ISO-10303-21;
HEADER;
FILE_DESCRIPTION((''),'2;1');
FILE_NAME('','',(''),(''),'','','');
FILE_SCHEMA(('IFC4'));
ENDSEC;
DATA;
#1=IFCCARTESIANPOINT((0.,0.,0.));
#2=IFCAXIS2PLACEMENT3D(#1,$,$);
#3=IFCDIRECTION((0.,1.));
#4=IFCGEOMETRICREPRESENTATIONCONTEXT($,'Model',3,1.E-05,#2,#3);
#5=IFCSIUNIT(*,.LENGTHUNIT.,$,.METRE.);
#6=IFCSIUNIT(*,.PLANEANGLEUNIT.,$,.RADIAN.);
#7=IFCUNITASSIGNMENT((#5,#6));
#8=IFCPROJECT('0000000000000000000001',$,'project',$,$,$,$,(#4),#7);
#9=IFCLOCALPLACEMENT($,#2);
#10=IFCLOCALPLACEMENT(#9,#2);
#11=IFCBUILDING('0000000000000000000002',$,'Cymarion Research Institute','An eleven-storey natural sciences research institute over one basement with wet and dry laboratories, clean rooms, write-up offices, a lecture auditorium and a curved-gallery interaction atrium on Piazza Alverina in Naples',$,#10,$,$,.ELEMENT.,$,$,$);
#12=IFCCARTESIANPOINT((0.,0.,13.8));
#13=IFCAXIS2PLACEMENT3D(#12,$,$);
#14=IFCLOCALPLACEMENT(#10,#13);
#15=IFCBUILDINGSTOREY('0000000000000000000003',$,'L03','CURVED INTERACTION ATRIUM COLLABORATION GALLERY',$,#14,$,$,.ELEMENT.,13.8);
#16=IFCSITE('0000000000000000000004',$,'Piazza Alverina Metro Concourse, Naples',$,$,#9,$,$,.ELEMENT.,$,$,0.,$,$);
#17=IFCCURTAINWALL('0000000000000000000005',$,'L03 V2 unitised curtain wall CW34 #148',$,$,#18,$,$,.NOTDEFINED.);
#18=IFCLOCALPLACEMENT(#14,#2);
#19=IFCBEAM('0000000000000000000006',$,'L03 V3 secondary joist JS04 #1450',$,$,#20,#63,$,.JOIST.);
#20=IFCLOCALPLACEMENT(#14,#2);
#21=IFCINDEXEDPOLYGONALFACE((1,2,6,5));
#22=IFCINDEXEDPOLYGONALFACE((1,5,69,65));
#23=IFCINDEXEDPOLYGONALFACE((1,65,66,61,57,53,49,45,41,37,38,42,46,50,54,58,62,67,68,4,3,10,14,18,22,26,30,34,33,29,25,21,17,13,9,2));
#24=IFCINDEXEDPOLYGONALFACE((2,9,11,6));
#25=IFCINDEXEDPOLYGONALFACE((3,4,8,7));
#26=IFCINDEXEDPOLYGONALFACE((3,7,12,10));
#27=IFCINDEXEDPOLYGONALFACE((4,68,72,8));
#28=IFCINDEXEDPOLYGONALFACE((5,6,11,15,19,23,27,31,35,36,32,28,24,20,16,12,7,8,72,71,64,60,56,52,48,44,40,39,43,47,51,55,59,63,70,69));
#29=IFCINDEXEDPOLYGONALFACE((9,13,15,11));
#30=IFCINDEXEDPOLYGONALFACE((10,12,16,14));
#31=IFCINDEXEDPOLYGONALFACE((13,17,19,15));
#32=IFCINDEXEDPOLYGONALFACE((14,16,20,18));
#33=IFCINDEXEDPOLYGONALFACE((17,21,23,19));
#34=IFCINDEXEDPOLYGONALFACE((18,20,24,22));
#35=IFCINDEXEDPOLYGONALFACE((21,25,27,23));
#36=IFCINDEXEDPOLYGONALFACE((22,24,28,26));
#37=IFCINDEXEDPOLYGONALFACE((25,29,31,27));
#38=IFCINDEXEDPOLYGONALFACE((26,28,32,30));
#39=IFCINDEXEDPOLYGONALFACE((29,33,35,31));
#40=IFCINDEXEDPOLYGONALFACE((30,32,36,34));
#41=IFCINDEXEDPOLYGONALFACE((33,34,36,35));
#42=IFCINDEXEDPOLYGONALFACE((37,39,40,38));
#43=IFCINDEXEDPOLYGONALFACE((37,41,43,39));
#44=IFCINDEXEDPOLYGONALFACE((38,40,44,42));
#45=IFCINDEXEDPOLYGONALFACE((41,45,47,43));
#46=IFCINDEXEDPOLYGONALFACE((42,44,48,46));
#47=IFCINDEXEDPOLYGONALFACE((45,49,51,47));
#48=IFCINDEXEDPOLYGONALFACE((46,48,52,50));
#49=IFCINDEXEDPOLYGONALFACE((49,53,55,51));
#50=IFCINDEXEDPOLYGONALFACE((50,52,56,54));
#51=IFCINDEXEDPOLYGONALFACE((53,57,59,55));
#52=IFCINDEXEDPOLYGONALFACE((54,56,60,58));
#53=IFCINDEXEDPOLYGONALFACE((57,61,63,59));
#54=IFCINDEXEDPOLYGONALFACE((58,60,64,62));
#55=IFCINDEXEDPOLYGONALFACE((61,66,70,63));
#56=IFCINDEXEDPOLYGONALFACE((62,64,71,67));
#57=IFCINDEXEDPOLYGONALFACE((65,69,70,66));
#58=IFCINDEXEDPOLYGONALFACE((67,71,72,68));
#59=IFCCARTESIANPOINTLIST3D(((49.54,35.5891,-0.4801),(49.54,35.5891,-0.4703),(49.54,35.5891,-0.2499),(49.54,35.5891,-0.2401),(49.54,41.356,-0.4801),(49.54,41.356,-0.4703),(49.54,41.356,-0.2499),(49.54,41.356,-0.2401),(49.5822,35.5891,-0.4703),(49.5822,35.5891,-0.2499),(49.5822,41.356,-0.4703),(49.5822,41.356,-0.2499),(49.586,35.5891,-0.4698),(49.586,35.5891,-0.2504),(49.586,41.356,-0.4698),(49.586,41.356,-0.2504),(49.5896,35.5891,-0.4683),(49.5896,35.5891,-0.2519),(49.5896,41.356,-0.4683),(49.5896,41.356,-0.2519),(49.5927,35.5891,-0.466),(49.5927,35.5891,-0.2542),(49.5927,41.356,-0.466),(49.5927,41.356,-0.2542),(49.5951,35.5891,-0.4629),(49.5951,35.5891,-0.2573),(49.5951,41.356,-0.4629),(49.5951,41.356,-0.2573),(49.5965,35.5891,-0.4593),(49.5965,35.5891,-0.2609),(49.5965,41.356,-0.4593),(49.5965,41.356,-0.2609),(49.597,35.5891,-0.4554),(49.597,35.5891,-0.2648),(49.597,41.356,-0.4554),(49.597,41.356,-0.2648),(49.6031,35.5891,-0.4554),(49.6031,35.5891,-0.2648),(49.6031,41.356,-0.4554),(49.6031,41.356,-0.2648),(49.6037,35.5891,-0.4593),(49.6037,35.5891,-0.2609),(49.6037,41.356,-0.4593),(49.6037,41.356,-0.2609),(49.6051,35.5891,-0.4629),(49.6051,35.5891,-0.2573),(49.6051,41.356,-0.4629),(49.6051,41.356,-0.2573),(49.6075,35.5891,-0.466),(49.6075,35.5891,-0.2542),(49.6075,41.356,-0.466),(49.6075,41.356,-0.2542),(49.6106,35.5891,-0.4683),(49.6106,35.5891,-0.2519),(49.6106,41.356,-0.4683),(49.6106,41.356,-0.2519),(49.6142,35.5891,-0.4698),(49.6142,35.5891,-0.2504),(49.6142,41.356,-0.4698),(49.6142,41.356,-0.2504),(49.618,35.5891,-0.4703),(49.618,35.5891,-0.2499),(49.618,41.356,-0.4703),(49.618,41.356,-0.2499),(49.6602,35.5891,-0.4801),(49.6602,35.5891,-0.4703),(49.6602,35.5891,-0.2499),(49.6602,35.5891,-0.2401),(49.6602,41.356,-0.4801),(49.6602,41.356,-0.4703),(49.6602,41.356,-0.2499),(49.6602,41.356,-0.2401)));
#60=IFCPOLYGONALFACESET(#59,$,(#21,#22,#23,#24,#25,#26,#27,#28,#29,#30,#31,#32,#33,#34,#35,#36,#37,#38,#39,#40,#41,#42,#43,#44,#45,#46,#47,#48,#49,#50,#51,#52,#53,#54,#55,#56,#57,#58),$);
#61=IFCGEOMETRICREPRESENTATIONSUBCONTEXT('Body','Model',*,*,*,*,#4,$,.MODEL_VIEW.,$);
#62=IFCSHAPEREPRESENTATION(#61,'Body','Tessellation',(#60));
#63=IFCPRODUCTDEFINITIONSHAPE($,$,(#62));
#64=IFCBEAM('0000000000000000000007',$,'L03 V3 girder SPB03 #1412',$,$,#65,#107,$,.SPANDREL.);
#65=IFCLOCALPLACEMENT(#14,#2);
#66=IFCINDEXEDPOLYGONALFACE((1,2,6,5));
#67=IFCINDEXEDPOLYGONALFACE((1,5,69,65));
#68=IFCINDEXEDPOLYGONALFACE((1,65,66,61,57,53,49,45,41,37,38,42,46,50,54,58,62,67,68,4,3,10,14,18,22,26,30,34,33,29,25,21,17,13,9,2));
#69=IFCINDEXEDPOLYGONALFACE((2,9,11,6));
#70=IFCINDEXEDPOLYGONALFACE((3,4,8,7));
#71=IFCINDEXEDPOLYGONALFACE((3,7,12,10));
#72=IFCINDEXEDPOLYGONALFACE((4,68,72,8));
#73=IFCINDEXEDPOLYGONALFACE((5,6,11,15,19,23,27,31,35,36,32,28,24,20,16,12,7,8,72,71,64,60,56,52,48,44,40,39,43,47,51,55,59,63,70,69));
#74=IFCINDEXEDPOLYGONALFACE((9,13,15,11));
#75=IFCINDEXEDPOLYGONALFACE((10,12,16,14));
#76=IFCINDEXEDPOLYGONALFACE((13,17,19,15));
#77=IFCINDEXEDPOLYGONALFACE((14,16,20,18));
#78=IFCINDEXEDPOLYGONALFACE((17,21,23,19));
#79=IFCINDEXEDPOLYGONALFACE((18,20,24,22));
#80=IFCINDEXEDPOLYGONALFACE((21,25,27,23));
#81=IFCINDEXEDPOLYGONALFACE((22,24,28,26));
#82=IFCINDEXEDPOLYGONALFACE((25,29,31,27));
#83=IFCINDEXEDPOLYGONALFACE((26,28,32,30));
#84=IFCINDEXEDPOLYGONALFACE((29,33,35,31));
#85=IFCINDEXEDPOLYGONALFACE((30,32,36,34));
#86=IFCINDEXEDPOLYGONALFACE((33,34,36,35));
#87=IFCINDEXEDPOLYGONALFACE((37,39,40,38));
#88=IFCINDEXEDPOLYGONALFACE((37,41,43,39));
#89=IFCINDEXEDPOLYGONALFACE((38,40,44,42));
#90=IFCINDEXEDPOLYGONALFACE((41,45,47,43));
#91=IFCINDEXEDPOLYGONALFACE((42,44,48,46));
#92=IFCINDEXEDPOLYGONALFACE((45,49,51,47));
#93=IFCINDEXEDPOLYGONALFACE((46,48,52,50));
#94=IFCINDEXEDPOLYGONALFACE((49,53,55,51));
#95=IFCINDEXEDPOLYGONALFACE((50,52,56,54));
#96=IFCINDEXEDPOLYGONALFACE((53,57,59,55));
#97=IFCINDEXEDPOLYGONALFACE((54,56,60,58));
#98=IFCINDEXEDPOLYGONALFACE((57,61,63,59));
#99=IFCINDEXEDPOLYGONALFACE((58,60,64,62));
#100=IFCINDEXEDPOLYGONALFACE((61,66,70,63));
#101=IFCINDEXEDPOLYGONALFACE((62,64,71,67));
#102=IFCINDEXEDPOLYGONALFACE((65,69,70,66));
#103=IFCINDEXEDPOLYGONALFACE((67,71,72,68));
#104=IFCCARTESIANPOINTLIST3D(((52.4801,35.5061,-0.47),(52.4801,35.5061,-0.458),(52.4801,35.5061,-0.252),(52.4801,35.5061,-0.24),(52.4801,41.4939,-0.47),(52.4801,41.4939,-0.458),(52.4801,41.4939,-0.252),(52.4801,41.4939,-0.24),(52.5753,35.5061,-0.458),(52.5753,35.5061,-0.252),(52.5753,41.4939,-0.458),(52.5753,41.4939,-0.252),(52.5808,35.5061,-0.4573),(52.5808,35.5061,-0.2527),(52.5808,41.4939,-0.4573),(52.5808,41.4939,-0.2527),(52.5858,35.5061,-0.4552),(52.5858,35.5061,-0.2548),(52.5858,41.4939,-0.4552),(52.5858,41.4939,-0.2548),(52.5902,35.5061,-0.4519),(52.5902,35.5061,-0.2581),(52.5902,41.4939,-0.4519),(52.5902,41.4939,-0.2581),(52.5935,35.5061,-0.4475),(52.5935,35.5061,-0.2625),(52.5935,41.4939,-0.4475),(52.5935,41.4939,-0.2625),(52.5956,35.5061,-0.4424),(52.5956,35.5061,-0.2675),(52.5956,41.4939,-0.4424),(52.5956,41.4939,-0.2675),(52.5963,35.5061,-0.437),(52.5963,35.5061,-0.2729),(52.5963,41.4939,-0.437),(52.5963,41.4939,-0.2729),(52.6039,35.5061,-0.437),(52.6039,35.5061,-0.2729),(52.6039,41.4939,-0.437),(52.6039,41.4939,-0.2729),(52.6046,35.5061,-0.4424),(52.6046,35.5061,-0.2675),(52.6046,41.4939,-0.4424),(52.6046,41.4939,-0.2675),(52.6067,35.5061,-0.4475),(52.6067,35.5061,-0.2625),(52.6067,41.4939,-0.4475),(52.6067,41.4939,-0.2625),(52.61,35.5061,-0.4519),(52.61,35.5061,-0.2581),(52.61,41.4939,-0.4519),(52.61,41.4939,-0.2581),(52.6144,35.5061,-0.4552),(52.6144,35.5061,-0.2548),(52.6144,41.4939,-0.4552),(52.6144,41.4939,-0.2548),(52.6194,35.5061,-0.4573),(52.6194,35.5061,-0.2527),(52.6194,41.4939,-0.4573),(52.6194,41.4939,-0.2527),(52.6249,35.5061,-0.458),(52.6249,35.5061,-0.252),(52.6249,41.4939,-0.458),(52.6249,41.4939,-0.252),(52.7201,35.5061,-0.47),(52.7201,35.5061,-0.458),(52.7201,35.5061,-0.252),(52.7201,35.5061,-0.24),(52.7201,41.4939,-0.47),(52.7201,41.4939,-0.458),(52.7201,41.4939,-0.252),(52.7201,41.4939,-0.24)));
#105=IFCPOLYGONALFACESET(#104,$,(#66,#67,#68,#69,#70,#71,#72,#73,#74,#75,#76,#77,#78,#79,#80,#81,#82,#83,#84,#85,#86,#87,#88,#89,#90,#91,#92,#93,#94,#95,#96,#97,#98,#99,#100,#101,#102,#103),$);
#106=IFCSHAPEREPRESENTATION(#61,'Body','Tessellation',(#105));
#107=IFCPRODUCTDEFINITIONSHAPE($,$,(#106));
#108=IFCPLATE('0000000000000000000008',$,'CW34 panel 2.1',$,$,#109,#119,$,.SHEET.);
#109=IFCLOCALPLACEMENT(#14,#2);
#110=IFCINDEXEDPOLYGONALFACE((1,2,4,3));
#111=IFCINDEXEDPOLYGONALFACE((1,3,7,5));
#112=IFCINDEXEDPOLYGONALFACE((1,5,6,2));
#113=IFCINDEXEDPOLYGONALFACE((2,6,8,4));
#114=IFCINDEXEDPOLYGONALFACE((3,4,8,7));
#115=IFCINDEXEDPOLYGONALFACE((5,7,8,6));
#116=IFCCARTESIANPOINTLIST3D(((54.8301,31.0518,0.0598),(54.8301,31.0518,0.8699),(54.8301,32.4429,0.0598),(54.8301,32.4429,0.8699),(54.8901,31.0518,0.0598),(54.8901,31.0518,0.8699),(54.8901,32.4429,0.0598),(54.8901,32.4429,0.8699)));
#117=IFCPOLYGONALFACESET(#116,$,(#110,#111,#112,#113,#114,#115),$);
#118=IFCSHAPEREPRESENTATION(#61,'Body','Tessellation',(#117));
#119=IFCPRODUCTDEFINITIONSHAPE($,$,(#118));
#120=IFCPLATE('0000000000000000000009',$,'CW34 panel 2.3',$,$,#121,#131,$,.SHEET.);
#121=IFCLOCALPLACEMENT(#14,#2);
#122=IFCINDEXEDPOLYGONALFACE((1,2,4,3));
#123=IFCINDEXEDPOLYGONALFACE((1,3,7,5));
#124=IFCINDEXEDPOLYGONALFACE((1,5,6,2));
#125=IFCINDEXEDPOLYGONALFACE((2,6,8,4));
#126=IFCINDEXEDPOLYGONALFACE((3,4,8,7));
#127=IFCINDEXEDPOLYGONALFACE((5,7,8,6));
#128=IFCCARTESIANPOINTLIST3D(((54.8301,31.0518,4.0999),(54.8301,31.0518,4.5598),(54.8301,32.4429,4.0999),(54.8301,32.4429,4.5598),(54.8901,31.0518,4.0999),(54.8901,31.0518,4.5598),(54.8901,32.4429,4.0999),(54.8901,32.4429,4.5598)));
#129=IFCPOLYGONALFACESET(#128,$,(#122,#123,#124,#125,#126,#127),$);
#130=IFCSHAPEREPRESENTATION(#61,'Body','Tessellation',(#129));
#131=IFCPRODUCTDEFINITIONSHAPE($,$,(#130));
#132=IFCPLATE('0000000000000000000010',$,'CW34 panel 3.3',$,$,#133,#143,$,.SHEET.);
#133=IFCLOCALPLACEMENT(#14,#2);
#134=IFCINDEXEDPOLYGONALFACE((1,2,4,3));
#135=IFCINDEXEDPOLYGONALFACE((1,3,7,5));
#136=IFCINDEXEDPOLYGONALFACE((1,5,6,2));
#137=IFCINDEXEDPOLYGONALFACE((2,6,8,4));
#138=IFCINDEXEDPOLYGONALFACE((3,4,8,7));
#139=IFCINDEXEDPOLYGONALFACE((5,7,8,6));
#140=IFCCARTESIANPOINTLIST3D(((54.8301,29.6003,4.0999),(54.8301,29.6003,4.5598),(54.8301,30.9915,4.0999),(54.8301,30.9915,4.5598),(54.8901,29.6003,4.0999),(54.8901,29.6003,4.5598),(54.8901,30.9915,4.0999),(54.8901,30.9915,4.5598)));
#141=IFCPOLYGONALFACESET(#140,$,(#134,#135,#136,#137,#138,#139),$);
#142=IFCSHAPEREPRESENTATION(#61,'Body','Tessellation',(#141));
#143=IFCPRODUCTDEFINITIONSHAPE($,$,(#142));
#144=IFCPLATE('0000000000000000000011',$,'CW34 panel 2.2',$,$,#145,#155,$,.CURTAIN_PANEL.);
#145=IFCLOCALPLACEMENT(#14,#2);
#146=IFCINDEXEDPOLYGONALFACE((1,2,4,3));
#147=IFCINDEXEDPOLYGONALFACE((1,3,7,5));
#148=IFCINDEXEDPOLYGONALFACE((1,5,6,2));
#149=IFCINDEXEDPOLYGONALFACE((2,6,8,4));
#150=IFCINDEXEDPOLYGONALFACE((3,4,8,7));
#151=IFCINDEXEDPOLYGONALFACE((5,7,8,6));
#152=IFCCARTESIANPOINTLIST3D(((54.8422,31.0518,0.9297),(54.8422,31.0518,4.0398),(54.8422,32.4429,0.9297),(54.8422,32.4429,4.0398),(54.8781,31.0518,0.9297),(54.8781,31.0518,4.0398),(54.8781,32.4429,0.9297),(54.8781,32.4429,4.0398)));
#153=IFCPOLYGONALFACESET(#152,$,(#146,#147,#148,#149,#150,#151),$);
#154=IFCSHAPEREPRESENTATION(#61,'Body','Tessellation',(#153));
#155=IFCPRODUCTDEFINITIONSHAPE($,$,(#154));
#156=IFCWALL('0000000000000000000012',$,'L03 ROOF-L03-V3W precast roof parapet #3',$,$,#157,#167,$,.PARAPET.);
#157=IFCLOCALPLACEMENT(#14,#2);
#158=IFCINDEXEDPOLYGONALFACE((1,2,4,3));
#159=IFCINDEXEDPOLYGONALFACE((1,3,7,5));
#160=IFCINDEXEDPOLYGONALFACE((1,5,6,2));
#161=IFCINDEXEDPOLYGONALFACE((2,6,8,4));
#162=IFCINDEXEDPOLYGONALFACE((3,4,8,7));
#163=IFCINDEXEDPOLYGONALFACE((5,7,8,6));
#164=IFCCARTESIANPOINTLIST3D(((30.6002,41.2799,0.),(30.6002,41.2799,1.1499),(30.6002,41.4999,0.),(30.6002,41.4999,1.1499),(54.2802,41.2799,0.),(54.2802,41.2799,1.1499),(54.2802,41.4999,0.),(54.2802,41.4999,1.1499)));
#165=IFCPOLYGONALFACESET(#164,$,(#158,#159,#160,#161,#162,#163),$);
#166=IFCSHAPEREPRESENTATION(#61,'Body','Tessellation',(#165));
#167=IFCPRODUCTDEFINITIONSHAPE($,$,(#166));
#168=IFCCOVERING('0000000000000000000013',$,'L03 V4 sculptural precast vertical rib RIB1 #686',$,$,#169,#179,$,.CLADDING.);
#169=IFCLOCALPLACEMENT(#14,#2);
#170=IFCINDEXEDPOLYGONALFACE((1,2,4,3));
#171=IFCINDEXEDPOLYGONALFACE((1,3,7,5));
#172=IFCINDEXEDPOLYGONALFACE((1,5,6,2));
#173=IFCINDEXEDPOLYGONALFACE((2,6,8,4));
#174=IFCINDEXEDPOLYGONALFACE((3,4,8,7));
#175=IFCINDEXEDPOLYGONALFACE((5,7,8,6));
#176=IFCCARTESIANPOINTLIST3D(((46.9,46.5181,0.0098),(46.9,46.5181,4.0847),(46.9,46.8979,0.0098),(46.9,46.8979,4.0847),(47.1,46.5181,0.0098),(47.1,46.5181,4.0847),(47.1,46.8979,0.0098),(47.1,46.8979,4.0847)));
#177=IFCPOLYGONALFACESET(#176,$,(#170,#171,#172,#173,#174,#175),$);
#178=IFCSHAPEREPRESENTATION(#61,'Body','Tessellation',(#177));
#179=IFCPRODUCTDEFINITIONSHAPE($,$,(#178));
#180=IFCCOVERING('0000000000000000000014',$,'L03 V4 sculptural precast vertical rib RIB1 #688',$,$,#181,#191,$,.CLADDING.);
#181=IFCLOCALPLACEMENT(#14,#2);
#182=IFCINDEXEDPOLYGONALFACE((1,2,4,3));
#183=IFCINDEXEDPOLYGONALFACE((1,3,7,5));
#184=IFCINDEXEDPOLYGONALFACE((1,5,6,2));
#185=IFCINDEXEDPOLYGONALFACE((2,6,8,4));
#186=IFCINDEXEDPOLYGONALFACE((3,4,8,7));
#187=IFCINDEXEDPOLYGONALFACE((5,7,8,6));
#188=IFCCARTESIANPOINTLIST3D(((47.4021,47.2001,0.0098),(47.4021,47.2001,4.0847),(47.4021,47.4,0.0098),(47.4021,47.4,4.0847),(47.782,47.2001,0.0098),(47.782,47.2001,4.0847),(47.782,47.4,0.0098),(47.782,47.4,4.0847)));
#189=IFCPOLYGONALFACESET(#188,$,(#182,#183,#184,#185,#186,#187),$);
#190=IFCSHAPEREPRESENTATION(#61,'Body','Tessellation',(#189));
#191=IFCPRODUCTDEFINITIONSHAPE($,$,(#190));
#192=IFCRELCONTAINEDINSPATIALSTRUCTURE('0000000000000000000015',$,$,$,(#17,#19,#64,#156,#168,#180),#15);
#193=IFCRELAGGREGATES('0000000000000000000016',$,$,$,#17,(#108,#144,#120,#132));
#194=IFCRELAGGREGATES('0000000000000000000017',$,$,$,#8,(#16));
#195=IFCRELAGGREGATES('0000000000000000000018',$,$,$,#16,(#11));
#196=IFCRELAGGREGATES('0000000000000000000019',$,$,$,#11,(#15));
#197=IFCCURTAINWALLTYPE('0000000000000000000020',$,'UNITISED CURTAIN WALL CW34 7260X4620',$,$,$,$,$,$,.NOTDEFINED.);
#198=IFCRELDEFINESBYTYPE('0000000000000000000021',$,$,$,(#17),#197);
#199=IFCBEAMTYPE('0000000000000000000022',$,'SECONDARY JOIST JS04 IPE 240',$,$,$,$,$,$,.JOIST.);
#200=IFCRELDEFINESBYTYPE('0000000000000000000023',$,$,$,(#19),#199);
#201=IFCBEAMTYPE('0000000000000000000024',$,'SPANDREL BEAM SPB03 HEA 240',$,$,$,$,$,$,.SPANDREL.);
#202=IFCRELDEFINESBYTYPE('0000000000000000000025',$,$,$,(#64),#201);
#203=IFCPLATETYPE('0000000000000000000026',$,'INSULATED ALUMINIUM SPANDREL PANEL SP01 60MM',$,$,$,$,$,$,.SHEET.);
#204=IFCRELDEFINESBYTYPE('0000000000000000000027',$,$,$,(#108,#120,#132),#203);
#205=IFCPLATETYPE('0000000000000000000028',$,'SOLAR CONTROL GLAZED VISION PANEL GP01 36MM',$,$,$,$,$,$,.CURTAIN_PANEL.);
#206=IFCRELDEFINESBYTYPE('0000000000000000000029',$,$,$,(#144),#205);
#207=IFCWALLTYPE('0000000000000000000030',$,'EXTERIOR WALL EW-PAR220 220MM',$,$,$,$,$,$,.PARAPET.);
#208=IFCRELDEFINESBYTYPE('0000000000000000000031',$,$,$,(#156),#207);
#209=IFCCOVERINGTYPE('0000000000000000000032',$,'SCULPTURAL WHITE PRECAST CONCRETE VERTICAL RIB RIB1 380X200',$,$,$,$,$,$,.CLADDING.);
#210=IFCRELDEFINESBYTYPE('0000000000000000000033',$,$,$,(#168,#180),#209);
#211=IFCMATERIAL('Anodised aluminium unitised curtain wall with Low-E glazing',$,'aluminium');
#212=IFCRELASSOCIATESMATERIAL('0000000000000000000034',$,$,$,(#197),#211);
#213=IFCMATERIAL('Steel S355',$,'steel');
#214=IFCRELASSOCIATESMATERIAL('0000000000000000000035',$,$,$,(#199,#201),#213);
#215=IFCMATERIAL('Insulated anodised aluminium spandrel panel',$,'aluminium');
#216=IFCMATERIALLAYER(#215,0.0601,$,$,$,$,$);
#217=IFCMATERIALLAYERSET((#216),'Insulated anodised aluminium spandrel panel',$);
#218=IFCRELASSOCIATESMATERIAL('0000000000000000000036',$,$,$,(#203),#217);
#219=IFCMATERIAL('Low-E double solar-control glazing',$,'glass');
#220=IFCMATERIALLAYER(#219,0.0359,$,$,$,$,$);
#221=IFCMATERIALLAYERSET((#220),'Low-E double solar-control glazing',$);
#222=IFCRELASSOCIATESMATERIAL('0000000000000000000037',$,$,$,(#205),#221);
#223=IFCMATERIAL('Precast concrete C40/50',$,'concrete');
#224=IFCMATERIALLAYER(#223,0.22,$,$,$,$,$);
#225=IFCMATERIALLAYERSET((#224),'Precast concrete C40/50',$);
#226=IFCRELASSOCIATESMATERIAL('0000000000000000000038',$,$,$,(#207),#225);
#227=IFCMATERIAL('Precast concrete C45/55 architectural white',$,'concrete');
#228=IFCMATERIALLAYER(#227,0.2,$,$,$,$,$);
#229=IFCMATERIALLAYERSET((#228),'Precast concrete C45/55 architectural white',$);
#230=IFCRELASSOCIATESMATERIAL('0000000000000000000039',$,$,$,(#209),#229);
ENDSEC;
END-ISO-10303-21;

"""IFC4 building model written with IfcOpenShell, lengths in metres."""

from ifc_helpers import new_model, si_unit, direction, frame, frame_2d, origin, origin_2d, place, context, subcontext, project, spatial, rectangle, i_section, extrude, material, layer, layer_set, material_profile, profile_set, type_object, element, aggregate, save


model = new_model("IFC4")

# Units and contexts
model_context = context("Model", 3, precision=1e-05, world=origin(), true_north=direction((0.0, 1.0)))
body_context = subcontext(model_context, "Body", "Model", "MODEL_VIEW")
ifc_project = project(units=[si_unit("LENGTHUNIT", "METRE"), si_unit("PLANEANGLEUNIT", "RADIAN")], contexts=[model_context])

# Site, building, storey
site_placement = place(None, origin())
site = spatial("IfcSite", under=ifc_project, at=site_placement, Name="Piazza Alverina Metro Concourse, Naples", CompositionType="ELEMENT", RefElevation=0.0)
building_placement = place(site_placement, origin())
building = spatial("IfcBuilding", under=site, at=building_placement, Name="Cymarion Research Institute", Description="An eleven-storey natural sciences research institute over one basement with wet and dry laboratories, clean rooms, write-up offices, a lecture auditorium and a curved-gallery interaction atrium on Piazza Alverina in Naples", CompositionType="ELEMENT")
storey_placement = place(building_placement, frame((0.0, 0.0, 13.8)))
storey = spatial("IfcBuildingStorey", under=building, at=storey_placement, Name="L03", Description="CURVED INTERACTION ATRIUM COLLABORATION GALLERY", CompositionType="ELEMENT", Elevation=13.8)

# Curtain wall
ifc_material_1 = material(Name="Anodised aluminium unitised curtain wall with Low-E glazing", Category="aluminium")
curtain_wall_type_1 = type_object("IfcCurtainWallType", Name="UNITISED CURTAIN WALL CW34 7260X4620", PredefinedType="NOTDEFINED", material=ifc_material_1)
curtain_wall_1_placement = place(storey_placement, origin())
curtain_wall_1 = element("IfcCurtainWall", 1, at=curtain_wall_1_placement, inside=storey, type_object=curtain_wall_type_1, Name="L03 V2 unitised curtain wall CW34 #148", PredefinedType="NOTDEFINED")

# Beams
ifc_material_2 = material(Name="Steel S355", Category="steel")
ifc_material_profile_1 = material_profile(ifc_material_2, i_section(OverallWidth=0.1201, OverallDepth=0.24, WebThickness=0.0061, FlangeThickness=0.0098, FilletRadius=0.0149, at=origin_2d()), Name="IPE 240")
ifc_profile_set_1 = profile_set([ifc_material_profile_1], Name="Steel S355")
beam_type_1 = type_object("IfcBeamType", Name="SECONDARY JOIST JS04 IPE 240", PredefinedType="JOIST", material=ifc_profile_set_1)
beam_1_placement = place(storey_placement, frame((49.6001, 35.5891, -0.3601), z_axis=(0.0, 1.0, 0.0), x_axis=(-1.0, 0.0, 0.0)))
element("IfcBeam", 2, at=beam_1_placement, inside=storey, type_object=beam_type_1, Name="L03 V3 secondary joist JS04 #1450", PredefinedType="JOIST", context=body_context, shape_type="SweptSolid", body=[
    extrude(i_section(OverallWidth=0.1201, OverallDepth=0.24, WebThickness=0.0061, FlangeThickness=0.0098, FilletRadius=0.0149, at=origin_2d()), origin(), (0.0, 0.0, 1.0), 5.7668),
])
ifc_material_profile_2 = material_profile(ifc_material_2, i_section(OverallWidth=0.24, OverallDepth=0.23, WebThickness=0.0076, FlangeThickness=0.012, FilletRadius=0.021, at=origin_2d()), Name="HEA 240")
ifc_profile_set_2 = profile_set([ifc_material_profile_2], Name="Steel S355")
beam_type_2 = type_object("IfcBeamType", Name="SPANDREL BEAM SPB03 HEA 240", PredefinedType="SPANDREL", material=ifc_profile_set_2)
beam_2_placement = place(storey_placement, frame((52.6001, 35.5061, -0.355), z_axis=(0.0, 1.0, 0.0), x_axis=(-1.0, 0.0, 0.0)))
element("IfcBeam", 3, at=beam_2_placement, inside=storey, type_object=beam_type_2, Name="L03 V3 girder SPB03 #1412", PredefinedType="SPANDREL", context=body_context, shape_type="SweptSolid", body=[
    extrude(i_section(OverallWidth=0.24, OverallDepth=0.23, WebThickness=0.0076, FlangeThickness=0.012, FilletRadius=0.021, at=origin_2d()), origin(), (0.0, 0.0, 1.0), 5.9878),
])

# Plates
ifc_material_3 = material(Name="Insulated anodised aluminium spandrel panel", Category="aluminium")
ifc_layer_1 = layer(ifc_material_3, 0.0601)
ifc_layer_set_1 = layer_set([ifc_layer_1], Name="Insulated anodised aluminium spandrel panel")
plate_type_1 = type_object("IfcPlateType", Name="INSULATED ALUMINIUM SPANDREL PANEL SP01 60MM", PredefinedType="SHEET", material=ifc_layer_set_1)
plate_1_placement = place(storey_placement, frame((54.8601, 31.7473, 0.0598), z_axis=(0.0, 0.0, 1.0), x_axis=(0.0, -1.0, 0.0)))
plate_1 = element("IfcPlate", 4, at=plate_1_placement, type_object=plate_type_1, Name="CW34 panel 2.1", PredefinedType="SHEET", context=body_context, shape_type="SweptSolid", body=[
    extrude(rectangle(XDim=1.3911, YDim=0.0601, at=origin_2d()), origin(), (0.0, 0.0, 1.0), 0.8101),
])
plate_2_placement = place(storey_placement, frame((54.8601, 31.7473, 4.0999), z_axis=(0.0, 0.0, 1.0), x_axis=(0.0, -1.0, 0.0)))
plate_2 = element("IfcPlate", 5, at=plate_2_placement, type_object=plate_type_1, Name="CW34 panel 2.3", PredefinedType="SHEET", context=body_context, shape_type="SweptSolid", body=[
    extrude(rectangle(XDim=1.3911, YDim=0.0601, at=origin_2d()), origin(), (0.0, 0.0, 1.0), 0.46),
])
plate_3_placement = place(storey_placement, frame((54.8601, 30.2959, 4.0999), z_axis=(0.0, 0.0, 1.0), x_axis=(0.0, -1.0, 0.0)))
plate_3 = element("IfcPlate", 6, at=plate_3_placement, type_object=plate_type_1, Name="CW34 panel 3.3", PredefinedType="SHEET", context=body_context, shape_type="SweptSolid", body=[
    extrude(rectangle(XDim=1.3911, YDim=0.0601, at=origin_2d()), origin(), (0.0, 0.0, 1.0), 0.46),
])
ifc_material_4 = material(Name="Low-E double solar-control glazing", Category="glass")
ifc_layer_2 = layer(ifc_material_4, 0.0359)
ifc_layer_set_2 = layer_set([ifc_layer_2], Name="Low-E double solar-control glazing")
plate_type_2 = type_object("IfcPlateType", Name="SOLAR CONTROL GLAZED VISION PANEL GP01 36MM", PredefinedType="CURTAIN_PANEL", material=ifc_layer_set_2)
plate_4_placement = place(storey_placement, frame((54.8601, 31.7473, 0.9297), z_axis=(0.0, 0.0, 1.0), x_axis=(0.0, -1.0, 0.0)))
plate_4 = element("IfcPlate", 7, at=plate_4_placement, type_object=plate_type_2, Name="CW34 panel 2.2", PredefinedType="CURTAIN_PANEL", context=body_context, shape_type="SweptSolid", body=[
    extrude(rectangle(XDim=1.3911, YDim=0.0359, at=origin_2d()), origin(), (0.0, 0.0, 1.0), 3.1101),
])
aggregate(curtain_wall_1, [plate_1, plate_4, plate_2, plate_3])

# Wall
ifc_material_5 = material(Name="Precast concrete C40/50", Category="concrete")
ifc_layer_3 = layer(ifc_material_5, 0.22)
ifc_layer_set_3 = layer_set([ifc_layer_3], Name="Precast concrete C40/50")
wall_type = type_object("IfcWallType", Name="EXTERIOR WALL EW-PAR220 220MM", PredefinedType="PARAPET", material=ifc_layer_set_3)
wall_placement = place(storey_placement, frame((54.28, 41.3899, 0.0), z_axis=(0.0, 0.0, 1.0), x_axis=(-1.0, 0.0, 0.0)))
element("IfcWall", 8, at=wall_placement, inside=storey, type_object=wall_type, Name="L03 ROOF-L03-V3W precast roof parapet #3", PredefinedType="PARAPET", context=body_context, shape_type="SweptSolid", body=[
    extrude(rectangle(XDim=23.6799, YDim=0.22, at=frame_2d((11.8398, 0.0))), origin(), (0.0, 0.0, 1.0), 1.1499),
])

# Coverings
ifc_material_6 = material(Name="Precast concrete C45/55 architectural white", Category="concrete")
ifc_layer_4 = layer(ifc_material_6, 0.2)
ifc_layer_set_4 = layer_set([ifc_layer_4], Name="Precast concrete C45/55 architectural white")
covering_type = type_object("IfcCoveringType", Name="SCULPTURAL WHITE PRECAST CONCRETE VERTICAL RIB RIB1 380X200", PredefinedType="CLADDING", material=ifc_layer_set_4)
for number, where, z_axis, x_axis, name in (
    (9, (47.0, 46.708, 0.0098), (0.0, 0.0, 1.0), (0.0, -1.0, 0.0), "L03 V4 sculptural precast vertical rib RIB1 #686"),
    (10, (47.592, 47.3, 0.0098), (0.0, 0.0, 1.0), (1.0, 0.0, 0.0), "L03 V4 sculptural precast vertical rib RIB1 #688"),
):
    element("IfcCovering", number, at=place(storey_placement, frame(where, z_axis=z_axis, x_axis=x_axis)), inside=storey, type_object=covering_type, Name=name, PredefinedType="CLADDING", context=body_context, shape_type="SweptSolid", body=[
        extrude(rectangle(XDim=0.3799, YDim=0.2, at=origin_2d()), origin(), (0.0, 0.0, 1.0), 4.075),
    ])

save(model, "model.ifc")
